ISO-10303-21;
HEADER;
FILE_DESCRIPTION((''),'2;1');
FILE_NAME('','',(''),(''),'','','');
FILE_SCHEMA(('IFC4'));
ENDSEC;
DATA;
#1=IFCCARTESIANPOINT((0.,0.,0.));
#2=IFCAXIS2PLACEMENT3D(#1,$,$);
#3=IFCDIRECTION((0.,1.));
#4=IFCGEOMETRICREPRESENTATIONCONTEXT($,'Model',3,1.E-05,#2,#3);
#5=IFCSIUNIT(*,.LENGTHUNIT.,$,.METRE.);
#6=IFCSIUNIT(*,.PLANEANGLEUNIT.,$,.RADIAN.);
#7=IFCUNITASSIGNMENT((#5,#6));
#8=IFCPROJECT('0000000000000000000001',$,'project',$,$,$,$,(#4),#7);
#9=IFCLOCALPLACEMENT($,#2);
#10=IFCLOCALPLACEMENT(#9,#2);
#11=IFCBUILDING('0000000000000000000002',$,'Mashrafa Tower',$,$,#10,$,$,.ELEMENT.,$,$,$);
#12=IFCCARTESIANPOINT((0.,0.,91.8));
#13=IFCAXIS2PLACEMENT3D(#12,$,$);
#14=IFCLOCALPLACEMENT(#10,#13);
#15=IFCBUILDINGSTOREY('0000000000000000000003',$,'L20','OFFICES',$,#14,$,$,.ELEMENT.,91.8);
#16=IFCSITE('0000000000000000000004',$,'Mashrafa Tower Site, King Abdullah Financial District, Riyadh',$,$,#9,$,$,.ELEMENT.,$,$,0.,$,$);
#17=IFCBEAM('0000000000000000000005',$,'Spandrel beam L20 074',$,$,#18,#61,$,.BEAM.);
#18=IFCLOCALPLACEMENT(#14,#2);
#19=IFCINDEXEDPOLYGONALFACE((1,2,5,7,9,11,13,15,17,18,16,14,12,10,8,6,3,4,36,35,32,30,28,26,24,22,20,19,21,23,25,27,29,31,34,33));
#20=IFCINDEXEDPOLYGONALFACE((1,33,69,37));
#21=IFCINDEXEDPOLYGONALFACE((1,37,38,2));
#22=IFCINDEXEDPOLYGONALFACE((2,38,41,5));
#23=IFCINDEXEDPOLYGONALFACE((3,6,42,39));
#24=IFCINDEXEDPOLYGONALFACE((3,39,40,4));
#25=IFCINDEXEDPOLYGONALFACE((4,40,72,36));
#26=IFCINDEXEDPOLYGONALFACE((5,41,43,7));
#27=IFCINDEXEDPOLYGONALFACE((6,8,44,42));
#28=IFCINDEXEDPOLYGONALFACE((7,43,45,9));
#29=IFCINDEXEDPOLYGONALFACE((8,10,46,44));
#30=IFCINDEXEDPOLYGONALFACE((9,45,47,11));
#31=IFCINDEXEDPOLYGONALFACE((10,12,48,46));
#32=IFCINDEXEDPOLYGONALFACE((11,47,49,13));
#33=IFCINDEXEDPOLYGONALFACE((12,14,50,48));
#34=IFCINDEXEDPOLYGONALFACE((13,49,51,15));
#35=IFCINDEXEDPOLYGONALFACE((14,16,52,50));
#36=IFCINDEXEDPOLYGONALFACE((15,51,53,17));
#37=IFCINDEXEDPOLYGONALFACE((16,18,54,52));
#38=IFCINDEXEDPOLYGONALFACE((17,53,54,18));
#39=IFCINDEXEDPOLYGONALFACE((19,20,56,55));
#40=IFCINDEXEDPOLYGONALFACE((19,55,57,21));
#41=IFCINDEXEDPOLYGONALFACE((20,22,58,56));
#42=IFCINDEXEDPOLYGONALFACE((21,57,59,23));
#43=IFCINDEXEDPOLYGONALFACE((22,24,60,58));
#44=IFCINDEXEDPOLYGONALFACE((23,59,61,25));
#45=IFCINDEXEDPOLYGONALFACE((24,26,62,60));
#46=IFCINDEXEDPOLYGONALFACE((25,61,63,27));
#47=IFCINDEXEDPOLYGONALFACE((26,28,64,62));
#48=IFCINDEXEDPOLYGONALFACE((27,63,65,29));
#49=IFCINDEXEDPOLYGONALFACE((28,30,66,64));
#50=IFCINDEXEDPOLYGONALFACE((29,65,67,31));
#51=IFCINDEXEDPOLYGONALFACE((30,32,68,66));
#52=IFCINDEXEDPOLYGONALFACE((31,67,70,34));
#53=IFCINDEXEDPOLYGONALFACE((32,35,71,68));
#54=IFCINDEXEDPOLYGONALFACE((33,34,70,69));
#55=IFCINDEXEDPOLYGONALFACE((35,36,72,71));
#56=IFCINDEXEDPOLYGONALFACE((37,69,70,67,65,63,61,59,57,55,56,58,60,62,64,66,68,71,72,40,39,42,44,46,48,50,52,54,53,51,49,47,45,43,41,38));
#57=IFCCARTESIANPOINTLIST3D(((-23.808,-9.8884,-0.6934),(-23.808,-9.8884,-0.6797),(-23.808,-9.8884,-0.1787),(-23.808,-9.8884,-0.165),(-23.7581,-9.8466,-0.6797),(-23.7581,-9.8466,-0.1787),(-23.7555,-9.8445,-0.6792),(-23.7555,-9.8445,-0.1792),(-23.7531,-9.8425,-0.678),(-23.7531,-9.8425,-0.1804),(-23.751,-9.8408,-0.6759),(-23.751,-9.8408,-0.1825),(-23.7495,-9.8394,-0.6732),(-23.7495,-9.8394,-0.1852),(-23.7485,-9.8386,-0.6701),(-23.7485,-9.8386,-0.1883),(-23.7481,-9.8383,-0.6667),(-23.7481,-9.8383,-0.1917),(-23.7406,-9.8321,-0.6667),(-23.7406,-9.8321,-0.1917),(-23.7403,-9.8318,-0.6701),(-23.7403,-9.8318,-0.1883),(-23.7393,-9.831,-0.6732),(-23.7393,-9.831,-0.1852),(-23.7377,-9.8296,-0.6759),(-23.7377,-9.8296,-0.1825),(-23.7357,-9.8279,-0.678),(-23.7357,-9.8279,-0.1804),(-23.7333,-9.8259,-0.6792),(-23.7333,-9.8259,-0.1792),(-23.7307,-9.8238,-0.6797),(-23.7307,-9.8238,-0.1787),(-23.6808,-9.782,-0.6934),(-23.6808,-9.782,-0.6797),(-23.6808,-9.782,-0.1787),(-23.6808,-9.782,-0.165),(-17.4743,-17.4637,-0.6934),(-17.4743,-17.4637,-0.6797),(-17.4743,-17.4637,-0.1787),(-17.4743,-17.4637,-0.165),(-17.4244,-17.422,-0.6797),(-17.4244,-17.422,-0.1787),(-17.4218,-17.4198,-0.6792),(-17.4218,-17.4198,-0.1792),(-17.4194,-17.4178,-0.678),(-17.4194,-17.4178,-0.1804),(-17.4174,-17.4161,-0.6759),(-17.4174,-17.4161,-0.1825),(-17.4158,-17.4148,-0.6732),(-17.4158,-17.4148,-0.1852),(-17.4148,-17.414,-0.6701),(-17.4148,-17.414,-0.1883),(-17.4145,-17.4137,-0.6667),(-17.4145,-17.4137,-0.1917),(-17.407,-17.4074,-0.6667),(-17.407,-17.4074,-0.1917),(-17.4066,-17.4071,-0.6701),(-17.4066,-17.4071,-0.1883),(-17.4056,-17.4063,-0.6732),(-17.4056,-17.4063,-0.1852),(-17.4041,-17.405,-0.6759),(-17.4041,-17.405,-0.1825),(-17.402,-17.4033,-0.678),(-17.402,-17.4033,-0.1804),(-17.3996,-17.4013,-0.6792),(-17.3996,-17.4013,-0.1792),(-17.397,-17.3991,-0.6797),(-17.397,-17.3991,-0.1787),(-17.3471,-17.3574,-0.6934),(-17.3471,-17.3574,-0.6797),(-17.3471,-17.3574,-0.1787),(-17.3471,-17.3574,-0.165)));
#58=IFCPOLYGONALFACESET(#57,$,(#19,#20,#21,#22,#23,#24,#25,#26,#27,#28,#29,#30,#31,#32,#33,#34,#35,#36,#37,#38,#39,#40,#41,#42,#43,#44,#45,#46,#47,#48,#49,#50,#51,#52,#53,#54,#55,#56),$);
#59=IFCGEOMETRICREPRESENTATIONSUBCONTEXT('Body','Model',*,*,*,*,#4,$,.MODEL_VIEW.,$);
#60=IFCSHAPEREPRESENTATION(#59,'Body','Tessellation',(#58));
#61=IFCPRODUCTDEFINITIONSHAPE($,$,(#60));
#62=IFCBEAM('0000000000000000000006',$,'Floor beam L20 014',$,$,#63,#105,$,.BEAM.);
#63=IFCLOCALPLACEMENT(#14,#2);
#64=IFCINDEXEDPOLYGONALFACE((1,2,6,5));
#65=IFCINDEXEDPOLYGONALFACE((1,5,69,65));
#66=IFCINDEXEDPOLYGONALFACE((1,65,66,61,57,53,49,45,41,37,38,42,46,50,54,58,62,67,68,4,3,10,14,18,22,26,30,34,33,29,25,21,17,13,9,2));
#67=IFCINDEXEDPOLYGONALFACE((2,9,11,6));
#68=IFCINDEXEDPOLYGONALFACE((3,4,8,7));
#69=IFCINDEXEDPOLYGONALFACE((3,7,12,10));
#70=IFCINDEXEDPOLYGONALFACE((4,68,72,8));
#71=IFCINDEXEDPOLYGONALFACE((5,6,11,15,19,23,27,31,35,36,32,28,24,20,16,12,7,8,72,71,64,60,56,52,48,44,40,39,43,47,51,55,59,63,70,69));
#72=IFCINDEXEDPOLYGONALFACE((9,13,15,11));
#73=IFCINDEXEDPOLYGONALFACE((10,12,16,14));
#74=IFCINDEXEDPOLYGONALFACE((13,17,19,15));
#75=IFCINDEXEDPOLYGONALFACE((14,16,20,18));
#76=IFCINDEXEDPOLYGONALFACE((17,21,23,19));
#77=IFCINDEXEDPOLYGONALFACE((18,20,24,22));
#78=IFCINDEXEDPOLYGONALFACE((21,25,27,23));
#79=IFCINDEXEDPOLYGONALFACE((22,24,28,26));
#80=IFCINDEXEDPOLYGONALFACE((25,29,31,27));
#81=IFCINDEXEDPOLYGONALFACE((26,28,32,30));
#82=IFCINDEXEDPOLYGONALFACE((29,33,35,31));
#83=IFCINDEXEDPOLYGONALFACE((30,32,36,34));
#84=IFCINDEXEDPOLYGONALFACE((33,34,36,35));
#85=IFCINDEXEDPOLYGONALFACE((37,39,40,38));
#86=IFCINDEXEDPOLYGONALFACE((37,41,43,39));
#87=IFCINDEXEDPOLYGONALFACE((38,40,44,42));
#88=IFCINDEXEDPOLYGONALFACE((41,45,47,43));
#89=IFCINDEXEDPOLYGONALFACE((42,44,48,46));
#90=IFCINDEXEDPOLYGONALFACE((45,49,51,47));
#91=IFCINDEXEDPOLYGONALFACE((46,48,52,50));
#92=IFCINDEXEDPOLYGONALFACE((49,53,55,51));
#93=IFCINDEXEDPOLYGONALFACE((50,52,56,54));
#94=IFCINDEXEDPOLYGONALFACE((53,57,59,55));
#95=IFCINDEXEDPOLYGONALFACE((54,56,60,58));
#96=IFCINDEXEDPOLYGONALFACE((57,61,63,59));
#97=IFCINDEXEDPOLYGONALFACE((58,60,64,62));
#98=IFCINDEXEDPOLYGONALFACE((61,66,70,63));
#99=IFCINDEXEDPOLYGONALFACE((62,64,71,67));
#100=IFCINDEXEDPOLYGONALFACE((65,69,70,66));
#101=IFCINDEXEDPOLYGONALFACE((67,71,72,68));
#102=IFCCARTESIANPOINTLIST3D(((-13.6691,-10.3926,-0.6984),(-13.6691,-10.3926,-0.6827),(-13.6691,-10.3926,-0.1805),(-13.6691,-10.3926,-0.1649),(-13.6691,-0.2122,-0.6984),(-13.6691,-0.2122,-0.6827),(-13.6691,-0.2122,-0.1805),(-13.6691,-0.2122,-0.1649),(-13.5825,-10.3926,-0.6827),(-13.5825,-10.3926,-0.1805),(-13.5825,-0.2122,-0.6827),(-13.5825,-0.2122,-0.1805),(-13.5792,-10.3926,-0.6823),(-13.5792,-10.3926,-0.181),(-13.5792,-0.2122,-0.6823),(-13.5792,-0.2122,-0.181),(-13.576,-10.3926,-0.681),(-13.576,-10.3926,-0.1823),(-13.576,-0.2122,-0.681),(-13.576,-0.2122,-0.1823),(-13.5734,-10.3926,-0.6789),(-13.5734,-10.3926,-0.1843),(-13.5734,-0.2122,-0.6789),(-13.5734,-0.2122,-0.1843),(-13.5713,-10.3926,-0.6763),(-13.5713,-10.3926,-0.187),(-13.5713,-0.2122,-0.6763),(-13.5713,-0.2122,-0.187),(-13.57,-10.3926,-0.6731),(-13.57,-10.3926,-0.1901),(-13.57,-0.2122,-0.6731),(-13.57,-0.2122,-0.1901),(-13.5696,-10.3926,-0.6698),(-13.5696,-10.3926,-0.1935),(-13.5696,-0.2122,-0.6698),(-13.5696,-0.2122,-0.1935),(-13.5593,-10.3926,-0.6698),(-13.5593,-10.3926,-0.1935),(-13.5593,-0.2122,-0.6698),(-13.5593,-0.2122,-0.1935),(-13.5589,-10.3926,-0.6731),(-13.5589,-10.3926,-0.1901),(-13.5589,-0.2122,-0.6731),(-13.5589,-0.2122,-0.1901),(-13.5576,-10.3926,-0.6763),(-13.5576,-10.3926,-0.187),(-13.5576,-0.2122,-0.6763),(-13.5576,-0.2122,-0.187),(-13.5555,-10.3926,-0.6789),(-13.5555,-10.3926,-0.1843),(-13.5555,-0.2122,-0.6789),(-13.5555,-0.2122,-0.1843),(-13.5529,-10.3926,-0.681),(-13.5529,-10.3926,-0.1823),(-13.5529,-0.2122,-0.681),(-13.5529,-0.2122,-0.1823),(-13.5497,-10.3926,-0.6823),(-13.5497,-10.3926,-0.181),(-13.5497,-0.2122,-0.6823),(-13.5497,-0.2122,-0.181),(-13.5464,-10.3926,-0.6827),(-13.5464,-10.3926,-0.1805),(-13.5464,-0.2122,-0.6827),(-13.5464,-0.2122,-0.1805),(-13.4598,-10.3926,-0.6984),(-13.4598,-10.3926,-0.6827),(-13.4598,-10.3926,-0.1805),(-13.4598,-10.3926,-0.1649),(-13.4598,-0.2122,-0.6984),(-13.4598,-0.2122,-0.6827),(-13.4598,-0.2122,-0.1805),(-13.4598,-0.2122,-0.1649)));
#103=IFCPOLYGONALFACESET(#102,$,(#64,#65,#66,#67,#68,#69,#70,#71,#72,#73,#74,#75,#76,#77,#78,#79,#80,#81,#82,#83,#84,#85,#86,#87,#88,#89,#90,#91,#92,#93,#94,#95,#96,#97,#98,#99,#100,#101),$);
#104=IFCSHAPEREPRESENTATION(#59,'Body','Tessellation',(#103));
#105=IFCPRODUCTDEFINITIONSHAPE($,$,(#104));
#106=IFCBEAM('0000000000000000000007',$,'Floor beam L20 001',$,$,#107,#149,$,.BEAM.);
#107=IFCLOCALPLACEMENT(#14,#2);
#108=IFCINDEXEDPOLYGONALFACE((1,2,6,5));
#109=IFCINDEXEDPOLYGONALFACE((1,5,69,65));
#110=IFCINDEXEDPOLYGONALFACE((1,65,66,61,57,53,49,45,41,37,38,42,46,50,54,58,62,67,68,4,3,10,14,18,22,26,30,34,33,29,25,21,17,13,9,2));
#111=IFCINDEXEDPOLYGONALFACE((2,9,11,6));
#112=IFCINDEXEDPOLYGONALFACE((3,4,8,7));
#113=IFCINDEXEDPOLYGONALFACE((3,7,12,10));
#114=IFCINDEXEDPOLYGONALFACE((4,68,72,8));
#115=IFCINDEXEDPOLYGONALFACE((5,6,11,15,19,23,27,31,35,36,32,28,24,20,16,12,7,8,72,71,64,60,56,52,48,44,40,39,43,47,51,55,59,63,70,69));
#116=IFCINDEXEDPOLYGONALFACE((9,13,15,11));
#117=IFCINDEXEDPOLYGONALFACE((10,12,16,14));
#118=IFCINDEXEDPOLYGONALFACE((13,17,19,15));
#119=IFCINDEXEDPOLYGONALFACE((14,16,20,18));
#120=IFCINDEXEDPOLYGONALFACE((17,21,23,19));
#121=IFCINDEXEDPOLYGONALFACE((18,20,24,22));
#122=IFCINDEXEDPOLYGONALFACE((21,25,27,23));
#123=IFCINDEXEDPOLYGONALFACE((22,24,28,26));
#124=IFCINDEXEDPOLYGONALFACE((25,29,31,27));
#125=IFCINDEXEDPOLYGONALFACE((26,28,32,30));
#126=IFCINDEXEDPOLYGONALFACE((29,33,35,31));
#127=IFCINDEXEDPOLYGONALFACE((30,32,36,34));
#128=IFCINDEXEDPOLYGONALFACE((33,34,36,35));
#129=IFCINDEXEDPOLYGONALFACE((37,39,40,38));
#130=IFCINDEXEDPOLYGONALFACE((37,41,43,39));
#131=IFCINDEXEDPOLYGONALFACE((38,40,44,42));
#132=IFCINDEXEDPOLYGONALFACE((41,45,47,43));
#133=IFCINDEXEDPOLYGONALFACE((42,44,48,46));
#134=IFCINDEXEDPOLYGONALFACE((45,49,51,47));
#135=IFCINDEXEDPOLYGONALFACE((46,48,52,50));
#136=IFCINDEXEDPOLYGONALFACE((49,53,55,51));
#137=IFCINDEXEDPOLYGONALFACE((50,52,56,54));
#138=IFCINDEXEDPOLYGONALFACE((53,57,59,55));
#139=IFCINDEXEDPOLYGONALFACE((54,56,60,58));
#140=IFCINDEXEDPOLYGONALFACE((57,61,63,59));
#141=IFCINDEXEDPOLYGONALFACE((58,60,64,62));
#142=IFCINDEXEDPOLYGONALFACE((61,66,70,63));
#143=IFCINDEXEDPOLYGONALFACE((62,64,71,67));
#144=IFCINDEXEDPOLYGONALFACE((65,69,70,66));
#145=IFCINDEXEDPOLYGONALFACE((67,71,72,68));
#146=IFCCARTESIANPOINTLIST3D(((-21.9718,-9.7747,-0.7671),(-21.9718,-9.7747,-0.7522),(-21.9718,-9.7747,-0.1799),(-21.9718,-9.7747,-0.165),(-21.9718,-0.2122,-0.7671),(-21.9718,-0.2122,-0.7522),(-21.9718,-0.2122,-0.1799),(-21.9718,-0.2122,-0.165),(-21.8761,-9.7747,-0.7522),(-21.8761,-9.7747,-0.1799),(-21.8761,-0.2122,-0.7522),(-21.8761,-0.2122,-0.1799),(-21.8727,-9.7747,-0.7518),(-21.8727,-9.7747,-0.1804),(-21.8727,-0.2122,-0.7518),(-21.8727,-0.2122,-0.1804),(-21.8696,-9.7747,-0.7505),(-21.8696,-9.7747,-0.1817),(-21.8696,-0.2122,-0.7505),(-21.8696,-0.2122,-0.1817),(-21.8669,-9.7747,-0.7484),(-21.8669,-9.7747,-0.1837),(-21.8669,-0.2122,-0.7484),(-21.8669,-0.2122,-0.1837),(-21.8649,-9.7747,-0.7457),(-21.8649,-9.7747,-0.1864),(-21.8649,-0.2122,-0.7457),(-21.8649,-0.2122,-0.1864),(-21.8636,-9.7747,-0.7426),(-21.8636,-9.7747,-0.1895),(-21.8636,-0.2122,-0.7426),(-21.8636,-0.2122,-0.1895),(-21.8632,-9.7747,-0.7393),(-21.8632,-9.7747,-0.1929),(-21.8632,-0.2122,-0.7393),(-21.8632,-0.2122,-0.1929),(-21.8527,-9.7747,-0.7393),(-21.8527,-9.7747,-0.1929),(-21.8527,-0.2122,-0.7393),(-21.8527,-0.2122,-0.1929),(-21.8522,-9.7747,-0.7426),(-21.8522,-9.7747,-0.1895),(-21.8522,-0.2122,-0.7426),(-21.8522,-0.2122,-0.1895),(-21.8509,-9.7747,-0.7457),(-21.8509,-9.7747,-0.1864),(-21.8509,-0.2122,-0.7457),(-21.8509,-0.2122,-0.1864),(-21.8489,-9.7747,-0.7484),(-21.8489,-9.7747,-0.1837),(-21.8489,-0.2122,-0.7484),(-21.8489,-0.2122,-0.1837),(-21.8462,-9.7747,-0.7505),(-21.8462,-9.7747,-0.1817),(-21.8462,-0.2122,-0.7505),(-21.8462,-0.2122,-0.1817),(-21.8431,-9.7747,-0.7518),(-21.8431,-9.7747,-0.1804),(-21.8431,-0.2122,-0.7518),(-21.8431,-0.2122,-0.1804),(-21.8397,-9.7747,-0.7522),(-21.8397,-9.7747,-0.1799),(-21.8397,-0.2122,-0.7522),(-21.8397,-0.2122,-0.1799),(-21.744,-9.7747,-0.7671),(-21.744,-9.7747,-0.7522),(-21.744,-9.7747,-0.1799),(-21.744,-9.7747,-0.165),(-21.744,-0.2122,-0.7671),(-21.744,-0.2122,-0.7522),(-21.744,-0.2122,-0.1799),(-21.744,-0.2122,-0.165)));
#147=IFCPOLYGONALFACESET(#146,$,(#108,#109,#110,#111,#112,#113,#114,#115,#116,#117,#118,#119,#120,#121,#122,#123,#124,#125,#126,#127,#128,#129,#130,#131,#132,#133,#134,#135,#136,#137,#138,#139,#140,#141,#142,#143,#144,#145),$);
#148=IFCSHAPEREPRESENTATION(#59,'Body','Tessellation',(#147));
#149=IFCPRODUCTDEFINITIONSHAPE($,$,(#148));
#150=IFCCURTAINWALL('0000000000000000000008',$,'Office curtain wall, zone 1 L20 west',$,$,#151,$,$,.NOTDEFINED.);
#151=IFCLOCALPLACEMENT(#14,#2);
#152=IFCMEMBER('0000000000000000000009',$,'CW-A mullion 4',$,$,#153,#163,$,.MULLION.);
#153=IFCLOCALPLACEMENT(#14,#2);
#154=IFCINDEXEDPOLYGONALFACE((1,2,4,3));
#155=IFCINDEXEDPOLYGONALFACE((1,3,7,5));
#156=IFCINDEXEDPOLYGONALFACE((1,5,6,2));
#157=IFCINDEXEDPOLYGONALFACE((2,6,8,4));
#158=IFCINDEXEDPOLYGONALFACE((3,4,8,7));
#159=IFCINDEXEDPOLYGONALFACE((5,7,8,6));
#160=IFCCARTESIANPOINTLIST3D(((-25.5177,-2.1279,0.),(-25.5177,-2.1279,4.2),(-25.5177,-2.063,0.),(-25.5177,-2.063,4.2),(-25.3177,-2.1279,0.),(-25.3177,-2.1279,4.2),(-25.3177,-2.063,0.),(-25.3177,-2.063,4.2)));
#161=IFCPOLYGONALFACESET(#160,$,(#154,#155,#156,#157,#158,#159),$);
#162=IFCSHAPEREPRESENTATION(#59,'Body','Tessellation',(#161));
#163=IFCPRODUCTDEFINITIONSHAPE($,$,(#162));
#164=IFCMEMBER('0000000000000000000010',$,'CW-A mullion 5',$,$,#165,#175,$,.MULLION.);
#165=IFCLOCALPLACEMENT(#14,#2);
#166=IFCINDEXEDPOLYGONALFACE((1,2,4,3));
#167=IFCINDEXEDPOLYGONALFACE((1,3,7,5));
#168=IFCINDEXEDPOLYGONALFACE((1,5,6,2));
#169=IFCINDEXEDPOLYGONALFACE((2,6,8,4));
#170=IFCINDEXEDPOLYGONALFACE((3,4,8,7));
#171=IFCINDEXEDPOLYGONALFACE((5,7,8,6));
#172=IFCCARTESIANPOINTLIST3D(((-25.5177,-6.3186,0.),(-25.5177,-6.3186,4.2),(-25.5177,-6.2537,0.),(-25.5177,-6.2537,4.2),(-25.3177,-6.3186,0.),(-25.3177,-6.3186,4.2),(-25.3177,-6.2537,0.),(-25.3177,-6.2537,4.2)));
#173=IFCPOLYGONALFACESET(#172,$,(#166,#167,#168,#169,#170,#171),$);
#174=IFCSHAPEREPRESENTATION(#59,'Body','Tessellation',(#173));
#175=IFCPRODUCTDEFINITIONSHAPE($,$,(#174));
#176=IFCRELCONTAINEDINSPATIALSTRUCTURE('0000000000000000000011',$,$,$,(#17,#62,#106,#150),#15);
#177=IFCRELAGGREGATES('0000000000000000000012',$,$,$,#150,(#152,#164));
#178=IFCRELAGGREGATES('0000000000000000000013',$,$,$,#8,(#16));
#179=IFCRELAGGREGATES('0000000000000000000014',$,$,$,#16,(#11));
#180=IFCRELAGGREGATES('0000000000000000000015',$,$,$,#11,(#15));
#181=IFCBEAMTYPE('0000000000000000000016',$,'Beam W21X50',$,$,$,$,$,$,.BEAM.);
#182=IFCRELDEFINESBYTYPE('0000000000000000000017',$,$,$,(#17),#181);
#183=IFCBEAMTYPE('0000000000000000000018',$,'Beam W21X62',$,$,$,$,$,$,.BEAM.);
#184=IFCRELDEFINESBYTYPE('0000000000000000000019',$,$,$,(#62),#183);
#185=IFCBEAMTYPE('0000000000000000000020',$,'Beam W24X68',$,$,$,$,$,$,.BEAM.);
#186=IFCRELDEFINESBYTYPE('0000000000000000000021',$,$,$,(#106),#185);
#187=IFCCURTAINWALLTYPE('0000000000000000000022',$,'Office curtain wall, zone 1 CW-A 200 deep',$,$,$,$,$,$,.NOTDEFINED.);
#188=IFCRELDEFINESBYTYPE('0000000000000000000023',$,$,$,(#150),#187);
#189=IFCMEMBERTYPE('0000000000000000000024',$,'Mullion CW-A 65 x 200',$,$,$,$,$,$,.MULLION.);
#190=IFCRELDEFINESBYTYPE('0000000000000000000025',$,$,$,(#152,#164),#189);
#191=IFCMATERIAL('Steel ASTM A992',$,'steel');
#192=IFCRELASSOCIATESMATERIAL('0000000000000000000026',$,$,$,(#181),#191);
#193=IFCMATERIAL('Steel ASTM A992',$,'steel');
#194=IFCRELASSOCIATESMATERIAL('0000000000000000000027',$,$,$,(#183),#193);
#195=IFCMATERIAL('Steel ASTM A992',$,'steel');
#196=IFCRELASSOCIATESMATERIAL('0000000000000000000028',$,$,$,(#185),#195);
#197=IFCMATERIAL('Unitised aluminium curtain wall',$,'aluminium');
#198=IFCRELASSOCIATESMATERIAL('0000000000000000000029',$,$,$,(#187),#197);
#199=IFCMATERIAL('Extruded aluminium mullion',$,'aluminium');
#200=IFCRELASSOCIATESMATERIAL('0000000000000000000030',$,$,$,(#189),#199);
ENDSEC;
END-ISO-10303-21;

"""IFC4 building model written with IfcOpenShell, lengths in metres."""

from ifc_helpers import new_model, si_unit, direction, frame, origin, origin_2d, place, context, subcontext, project, spatial, rectangle, i_section, extrude, source, transform, mapped, material, material_profile, profile_set, type_object, type_shapes, element, aggregate, save


model = new_model("IFC4")

# Units and contexts
model_context = context("Model", 3, precision=1e-05, world=origin(), true_north=direction((0.0, 1.0)))
body_context = subcontext(model_context, "Body", "Model", "MODEL_VIEW")
ifc_project = project(units=[si_unit("LENGTHUNIT", "METRE"), si_unit("PLANEANGLEUNIT", "RADIAN")], contexts=[model_context])

# Site, building, storey
site_placement = place(None, origin())
site = spatial("IfcSite", under=ifc_project, at=site_placement, Name="Mashrafa Tower Site, King Abdullah Financial District, Riyadh", CompositionType="ELEMENT", RefElevation=0.0)
building_placement = place(site_placement, origin())
building = spatial("IfcBuilding", under=site, at=building_placement, Name="Mashrafa Tower", CompositionType="ELEMENT")
storey_placement = place(building_placement, frame((0.0, 0.0, 91.8)))
storey = spatial("IfcBuildingStorey", under=building, at=storey_placement, Name="L20", Description="OFFICES", CompositionType="ELEMENT", Elevation=91.8)

# Beams
ifc_material_1 = material(Name="Steel ASTM A992", Category="steel")
ifc_material_profile_1 = material_profile(ifc_material_1, i_section(OverallWidth=0.1658, OverallDepth=0.5283, WebThickness=0.0098, FlangeThickness=0.0137, FilletRadius=0.0129, at=origin_2d()), Name="W21X50")
ifc_profile_set_1 = profile_set([ifc_material_profile_1], Name="Steel ASTM A992")
beam_type_1 = type_object("IfcBeamType", Name="Beam W21X50", PredefinedType="BEAM", material=ifc_profile_set_1)
for number, where, z_axis, x_axis, name in (
    (1, (-23.7444, -9.8352, -0.4292), (0.641431, -0.767181, 0.0), (0.767181, 0.641431, 0.0), "Spandrel beam L20 074"),
):
    element("IfcBeam", number, at=place(storey_placement, frame(where, z_axis=z_axis, x_axis=x_axis)), inside=storey, type_object=beam_type_1, Name=name, PredefinedType="BEAM", context=body_context, shape_type="SweptSolid", body=[
        extrude(i_section(OverallWidth=0.1658, OverallDepth=0.5283, WebThickness=0.0098, FlangeThickness=0.0137, FilletRadius=0.0129, at=origin_2d()), origin(), (0.0, 0.0, 1.0), 9.8743),
    ])
ifc_material_2 = material(Name="Steel ASTM A992", Category="steel")
ifc_material_profile_2 = material_profile(ifc_material_2, i_section(OverallWidth=0.2092, OverallDepth=0.5334, WebThickness=0.0103, FlangeThickness=0.0156, FilletRadius=0.0129, at=origin_2d()), Name="W21X62")
ifc_profile_set_2 = profile_set([ifc_material_profile_2], Name="Steel ASTM A992")
beam_type_2 = type_object("IfcBeamType", Name="Beam W21X62", PredefinedType="BEAM", material=ifc_profile_set_2)
beam_1_placement = place(storey_placement, frame((-13.5645, -10.3926, -0.4316), z_axis=(0.0, 1.0, 0.0), x_axis=(-1.0, 0.0, 0.0)))
element("IfcBeam", 2, at=beam_1_placement, inside=storey, type_object=beam_type_2, Name="Floor beam L20 014", PredefinedType="BEAM", context=body_context, shape_type="SweptSolid", body=[
    extrude(i_section(OverallWidth=0.2092, OverallDepth=0.5334, WebThickness=0.0103, FlangeThickness=0.0156, FilletRadius=0.0129, at=origin_2d()), origin(), (0.0, 0.0, 1.0), 10.1804),
])
ifc_material_3 = material(Name="Steel ASTM A992", Category="steel")
ifc_material_profile_3 = material_profile(ifc_material_3, i_section(OverallWidth=0.2278, OverallDepth=0.6021, WebThickness=0.0105, FlangeThickness=0.0149, FilletRadius=0.0129, at=origin_2d()), Name="W24X68")
ifc_profile_set_3 = profile_set([ifc_material_profile_3], Name="Steel ASTM A992")
beam_type_3 = type_object("IfcBeamType", Name="Beam W24X68", PredefinedType="BEAM", material=ifc_profile_set_3)
beam_2_placement = place(storey_placement, frame((-21.8579, -9.7747, -0.4661), z_axis=(0.0, 1.0, 0.0), x_axis=(-1.0, 0.0, 0.0)))
element("IfcBeam", 3, at=beam_2_placement, inside=storey, type_object=beam_type_3, Name="Floor beam L20 001", PredefinedType="BEAM", context=body_context, shape_type="SweptSolid", body=[
    extrude(i_section(OverallWidth=0.2278, OverallDepth=0.6021, WebThickness=0.0105, FlangeThickness=0.0149, FilletRadius=0.0129, at=origin_2d()), origin(), (0.0, 0.0, 1.0), 9.5625),
])

# Curtain wall, members
ifc_material_4 = material(Name="Unitised aluminium curtain wall", Category="aluminium")
curtain_wall_type = type_object("IfcCurtainWallType", Name="Office curtain wall, zone 1 CW-A 200 deep", PredefinedType="NOTDEFINED", material=ifc_material_4)
curtain_wall_placement = place(storey_placement, origin())
curtain_wall = element("IfcCurtainWall", 4, at=curtain_wall_placement, inside=storey, type_object=curtain_wall_type, Name="Office curtain wall, zone 1 L20 west", PredefinedType="NOTDEFINED")
ifc_material_5 = material(Name="Extruded aluminium mullion", Category="aluminium")
ifc_material_profile_4 = material_profile(ifc_material_5, rectangle(XDim=0.2, YDim=0.0649, at=origin_2d()), Name="Mullion 65x200")
ifc_profile_set_4 = profile_set([ifc_material_profile_4], Name="Extruded aluminium mullion")
member_type_1 = type_object("IfcMemberType", Name="Mullion CW-A 65 x 200", PredefinedType="MULLION", material=ifc_profile_set_4)
shared_shape_1 = source(origin(), body_context, "Body", "SweptSolid", [
    extrude(rectangle(XDim=0.2, YDim=0.0649, at=origin_2d()), origin(), (0.0, 0.0, 1.0), 4.2),
])
type_shapes(member_type_1, [shared_shape_1])
member_1_placement = place(storey_placement, frame((-25.4177, -2.0955, 0.0), z_axis=(0.0, 0.0, 1.0), x_axis=(1.0, 0.0, 0.0)))
member_1 = element("IfcMember", 5, at=member_1_placement, type_object=member_type_1, Name="CW-A mullion 4", PredefinedType="MULLION", context=body_context, shape_type="MappedRepresentation", body=[
    mapped(shared_shape_1, transform((0.0, 0.0, 0.0))),
])
member_2_placement = place(storey_placement, frame((-25.4177, -6.2861, 0.0), z_axis=(0.0, 0.0, 1.0), x_axis=(1.0, 0.0, 0.0)))
member_2 = element("IfcMember", 6, at=member_2_placement, type_object=member_type_1, Name="CW-A mullion 5", PredefinedType="MULLION", context=body_context, shape_type="MappedRepresentation", body=[
    mapped(shared_shape_1, transform((0.0, 0.0, 0.0))),
])
aggregate(curtain_wall, [member_1, member_2])

save(model, "model.ifc")
